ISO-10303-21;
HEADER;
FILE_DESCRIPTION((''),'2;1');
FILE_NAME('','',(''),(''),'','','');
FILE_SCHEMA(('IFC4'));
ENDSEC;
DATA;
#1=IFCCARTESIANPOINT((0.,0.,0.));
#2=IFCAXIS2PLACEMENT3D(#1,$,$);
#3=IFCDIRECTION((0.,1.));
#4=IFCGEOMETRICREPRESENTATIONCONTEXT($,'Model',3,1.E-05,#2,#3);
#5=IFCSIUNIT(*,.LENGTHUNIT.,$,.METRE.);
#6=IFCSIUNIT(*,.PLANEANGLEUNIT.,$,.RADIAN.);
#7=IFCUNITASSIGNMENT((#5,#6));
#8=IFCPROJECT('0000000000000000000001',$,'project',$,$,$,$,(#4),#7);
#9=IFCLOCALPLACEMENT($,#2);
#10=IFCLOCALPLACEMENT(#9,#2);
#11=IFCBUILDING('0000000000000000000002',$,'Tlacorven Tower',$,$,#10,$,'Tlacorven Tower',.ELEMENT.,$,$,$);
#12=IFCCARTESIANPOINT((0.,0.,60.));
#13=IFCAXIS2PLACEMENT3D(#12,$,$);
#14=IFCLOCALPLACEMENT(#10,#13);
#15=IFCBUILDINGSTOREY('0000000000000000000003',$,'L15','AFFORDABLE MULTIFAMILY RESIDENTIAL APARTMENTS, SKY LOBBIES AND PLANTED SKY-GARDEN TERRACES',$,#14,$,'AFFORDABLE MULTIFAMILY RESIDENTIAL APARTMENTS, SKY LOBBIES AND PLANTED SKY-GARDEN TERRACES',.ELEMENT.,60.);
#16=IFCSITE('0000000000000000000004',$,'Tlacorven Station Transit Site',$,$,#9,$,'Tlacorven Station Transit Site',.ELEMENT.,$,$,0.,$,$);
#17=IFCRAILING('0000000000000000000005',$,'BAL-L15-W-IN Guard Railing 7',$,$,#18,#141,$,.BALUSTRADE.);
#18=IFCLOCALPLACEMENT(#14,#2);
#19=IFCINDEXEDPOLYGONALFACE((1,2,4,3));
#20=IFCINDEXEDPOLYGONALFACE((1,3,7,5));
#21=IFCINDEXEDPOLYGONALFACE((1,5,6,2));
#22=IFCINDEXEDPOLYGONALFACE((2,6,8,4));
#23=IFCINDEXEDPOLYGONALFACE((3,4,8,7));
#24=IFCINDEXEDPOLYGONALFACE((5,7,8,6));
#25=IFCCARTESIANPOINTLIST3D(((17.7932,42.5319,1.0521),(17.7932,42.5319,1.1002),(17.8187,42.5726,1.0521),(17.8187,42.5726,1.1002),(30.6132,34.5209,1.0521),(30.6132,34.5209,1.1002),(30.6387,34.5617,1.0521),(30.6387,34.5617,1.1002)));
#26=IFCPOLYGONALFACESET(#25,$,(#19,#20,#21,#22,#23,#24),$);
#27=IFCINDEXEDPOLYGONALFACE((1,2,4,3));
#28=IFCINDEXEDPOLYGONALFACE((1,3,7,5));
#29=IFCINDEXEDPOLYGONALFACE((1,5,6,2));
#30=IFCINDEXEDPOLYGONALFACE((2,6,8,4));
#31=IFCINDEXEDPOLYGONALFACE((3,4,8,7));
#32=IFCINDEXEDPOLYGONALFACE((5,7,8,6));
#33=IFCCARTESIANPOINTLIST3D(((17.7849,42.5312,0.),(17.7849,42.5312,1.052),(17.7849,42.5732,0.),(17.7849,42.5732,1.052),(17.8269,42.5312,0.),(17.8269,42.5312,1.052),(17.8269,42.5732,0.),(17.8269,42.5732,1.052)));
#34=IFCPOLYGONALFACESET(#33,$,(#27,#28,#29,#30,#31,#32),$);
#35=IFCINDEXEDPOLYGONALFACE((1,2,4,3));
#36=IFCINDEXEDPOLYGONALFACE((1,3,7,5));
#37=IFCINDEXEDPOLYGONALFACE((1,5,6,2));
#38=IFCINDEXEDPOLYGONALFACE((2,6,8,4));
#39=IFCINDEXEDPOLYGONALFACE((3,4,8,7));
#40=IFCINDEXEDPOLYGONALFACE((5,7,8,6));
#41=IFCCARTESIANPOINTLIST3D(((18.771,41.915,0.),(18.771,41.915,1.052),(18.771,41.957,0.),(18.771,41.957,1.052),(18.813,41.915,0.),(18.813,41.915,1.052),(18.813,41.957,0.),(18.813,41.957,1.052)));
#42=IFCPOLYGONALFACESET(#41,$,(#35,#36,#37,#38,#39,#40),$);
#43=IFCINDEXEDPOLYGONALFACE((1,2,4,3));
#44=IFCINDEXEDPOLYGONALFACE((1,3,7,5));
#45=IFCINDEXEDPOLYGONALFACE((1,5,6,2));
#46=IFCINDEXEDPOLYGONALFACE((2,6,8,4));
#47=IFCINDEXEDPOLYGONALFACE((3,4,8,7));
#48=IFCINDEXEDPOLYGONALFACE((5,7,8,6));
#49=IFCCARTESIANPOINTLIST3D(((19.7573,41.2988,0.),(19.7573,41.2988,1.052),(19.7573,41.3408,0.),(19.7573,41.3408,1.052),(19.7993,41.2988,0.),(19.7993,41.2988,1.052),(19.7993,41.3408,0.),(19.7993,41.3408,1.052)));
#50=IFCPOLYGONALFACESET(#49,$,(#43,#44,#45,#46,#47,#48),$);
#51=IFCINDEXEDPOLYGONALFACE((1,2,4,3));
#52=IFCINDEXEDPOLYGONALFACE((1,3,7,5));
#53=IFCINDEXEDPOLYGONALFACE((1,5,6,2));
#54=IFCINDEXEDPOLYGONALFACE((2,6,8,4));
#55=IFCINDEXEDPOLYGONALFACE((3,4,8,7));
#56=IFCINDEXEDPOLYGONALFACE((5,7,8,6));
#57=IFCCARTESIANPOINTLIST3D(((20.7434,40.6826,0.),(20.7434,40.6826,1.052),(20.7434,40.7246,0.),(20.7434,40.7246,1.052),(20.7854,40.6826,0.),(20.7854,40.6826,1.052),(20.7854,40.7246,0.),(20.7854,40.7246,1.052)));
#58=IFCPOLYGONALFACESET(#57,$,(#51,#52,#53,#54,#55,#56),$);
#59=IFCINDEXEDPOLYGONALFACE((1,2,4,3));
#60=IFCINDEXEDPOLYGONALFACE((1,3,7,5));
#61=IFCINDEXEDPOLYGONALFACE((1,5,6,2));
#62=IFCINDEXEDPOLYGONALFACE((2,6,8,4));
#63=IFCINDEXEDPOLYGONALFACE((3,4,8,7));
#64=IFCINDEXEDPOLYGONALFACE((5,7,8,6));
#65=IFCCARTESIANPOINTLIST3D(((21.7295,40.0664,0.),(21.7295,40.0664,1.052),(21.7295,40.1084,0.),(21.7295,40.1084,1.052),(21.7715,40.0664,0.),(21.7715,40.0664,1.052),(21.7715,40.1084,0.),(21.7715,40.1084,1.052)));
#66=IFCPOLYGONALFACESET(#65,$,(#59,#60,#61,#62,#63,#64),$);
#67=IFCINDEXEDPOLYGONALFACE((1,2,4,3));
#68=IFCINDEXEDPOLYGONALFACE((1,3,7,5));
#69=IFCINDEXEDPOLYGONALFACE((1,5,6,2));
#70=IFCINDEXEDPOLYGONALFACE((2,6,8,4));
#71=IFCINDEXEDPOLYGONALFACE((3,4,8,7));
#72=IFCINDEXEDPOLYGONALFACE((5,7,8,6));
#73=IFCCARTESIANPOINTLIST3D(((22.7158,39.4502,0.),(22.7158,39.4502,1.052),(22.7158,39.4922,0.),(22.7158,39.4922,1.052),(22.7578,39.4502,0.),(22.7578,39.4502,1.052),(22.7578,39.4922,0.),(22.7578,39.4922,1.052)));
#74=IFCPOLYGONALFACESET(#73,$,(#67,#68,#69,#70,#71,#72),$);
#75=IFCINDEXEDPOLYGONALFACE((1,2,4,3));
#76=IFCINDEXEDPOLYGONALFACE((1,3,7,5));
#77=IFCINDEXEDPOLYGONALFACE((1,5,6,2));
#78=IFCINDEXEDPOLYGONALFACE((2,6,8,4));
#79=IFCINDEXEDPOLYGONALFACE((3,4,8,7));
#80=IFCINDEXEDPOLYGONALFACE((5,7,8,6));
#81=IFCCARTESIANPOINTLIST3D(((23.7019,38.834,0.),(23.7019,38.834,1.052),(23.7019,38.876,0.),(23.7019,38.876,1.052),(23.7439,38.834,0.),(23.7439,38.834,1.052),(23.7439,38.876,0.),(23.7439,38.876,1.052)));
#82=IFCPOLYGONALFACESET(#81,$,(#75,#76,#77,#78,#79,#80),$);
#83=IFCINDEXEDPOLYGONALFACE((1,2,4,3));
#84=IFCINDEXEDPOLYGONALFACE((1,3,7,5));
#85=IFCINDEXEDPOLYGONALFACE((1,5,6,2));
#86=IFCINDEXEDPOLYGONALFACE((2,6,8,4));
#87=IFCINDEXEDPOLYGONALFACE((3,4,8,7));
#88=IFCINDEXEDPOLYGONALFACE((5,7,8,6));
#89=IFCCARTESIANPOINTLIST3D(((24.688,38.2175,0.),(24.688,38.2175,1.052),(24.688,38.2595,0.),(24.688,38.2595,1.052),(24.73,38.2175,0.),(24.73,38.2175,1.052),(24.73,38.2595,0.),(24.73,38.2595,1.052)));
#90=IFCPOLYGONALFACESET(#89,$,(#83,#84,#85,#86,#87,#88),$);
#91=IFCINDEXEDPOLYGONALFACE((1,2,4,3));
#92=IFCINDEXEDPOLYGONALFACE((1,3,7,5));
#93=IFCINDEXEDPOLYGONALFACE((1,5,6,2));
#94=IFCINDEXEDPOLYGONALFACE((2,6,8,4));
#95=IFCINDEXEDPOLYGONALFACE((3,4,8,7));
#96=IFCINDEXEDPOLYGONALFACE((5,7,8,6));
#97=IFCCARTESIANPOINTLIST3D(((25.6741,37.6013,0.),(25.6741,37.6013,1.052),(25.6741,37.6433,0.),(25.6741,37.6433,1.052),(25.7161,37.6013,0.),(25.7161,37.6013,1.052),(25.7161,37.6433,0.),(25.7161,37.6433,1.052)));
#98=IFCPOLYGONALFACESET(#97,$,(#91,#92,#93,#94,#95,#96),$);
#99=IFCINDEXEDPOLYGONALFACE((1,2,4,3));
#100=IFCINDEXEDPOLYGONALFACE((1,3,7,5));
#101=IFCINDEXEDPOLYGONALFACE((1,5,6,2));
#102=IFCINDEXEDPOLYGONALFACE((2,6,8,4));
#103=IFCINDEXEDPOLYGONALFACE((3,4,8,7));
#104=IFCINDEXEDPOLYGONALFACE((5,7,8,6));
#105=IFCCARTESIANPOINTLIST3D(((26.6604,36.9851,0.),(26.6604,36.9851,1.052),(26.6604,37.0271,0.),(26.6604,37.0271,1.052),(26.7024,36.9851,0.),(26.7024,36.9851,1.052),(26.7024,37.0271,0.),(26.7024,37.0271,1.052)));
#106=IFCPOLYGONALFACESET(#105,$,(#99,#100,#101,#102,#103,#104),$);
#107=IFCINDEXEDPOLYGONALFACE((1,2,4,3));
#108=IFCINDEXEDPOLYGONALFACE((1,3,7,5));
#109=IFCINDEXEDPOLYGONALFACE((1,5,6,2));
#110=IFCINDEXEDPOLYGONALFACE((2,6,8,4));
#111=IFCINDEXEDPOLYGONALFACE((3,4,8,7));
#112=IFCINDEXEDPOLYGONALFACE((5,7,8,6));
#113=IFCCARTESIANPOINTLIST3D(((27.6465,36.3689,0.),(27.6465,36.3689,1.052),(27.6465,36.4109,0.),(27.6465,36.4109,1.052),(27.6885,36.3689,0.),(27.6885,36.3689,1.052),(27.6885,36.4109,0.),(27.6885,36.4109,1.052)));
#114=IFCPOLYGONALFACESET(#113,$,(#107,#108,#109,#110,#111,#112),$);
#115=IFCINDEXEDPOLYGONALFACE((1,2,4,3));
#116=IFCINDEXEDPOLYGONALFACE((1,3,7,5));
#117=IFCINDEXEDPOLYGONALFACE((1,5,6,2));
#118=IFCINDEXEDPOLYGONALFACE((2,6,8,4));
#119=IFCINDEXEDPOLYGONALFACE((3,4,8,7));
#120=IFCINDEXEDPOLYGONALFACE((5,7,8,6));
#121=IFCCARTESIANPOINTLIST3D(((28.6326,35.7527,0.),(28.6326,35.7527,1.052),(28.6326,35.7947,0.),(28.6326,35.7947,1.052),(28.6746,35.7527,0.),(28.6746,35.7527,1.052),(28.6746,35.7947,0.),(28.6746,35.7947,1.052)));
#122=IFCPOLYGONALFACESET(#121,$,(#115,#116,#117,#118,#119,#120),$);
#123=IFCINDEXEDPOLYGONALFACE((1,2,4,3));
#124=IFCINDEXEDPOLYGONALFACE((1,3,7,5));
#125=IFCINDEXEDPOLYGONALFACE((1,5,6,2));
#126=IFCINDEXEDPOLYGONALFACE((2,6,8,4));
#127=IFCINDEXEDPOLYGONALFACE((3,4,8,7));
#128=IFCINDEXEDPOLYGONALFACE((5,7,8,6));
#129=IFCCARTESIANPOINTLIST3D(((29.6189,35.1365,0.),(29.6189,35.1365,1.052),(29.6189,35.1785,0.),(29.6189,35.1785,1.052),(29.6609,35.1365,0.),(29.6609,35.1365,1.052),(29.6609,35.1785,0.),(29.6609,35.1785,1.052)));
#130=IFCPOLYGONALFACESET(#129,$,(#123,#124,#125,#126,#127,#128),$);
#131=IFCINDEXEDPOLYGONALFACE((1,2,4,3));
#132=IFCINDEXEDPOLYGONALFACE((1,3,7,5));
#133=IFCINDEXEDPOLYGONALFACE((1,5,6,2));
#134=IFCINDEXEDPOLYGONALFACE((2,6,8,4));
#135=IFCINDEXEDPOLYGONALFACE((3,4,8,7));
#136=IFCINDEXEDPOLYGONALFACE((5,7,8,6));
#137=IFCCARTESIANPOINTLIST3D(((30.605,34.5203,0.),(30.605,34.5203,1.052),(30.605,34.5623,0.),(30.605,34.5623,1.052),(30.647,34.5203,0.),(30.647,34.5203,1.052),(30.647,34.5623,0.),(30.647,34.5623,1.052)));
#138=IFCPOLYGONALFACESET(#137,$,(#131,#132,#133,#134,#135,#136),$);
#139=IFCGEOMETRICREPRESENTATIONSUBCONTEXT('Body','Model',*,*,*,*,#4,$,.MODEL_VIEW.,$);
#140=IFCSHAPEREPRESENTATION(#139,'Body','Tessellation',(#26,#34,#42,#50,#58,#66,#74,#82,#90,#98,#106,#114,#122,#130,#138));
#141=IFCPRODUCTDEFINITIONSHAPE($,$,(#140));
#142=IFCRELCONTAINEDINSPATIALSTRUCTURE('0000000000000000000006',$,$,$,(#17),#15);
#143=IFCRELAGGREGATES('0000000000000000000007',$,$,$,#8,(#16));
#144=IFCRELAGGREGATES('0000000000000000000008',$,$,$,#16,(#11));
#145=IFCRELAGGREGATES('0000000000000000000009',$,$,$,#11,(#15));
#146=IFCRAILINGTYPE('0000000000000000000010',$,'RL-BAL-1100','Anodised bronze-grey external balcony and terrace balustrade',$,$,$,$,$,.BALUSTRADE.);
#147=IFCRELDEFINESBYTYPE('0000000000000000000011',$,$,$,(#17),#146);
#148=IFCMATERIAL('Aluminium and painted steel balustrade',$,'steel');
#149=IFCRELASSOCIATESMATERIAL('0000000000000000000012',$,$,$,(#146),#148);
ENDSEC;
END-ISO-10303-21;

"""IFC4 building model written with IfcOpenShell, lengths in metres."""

from ifc_helpers import new_model, si_unit, direction, frame, origin, origin_2d, place, context, subcontext, project, spatial, rectangle, extrude, source, transform, mapped, material, type_object, element, save


model = new_model("IFC4")

# Units and contexts
model_context = context("Model", 3, precision=1e-05, world=origin(), true_north=direction((0.0, 1.0)))
body_context = subcontext(model_context, "Body", "Model", "MODEL_VIEW")
ifc_project = project(units=[si_unit("LENGTHUNIT", "METRE"), si_unit("PLANEANGLEUNIT", "RADIAN")], contexts=[model_context])

# Site, building, storey
site_placement = place(None, origin())
site = spatial("IfcSite", under=ifc_project, at=site_placement, Name="Tlacorven Station Transit Site", LongName="Tlacorven Station Transit Site", CompositionType="ELEMENT", RefElevation=0.0)
building_placement = place(site_placement, origin())
building = spatial("IfcBuilding", under=site, at=building_placement, Name="Tlacorven Tower", LongName="Tlacorven Tower", CompositionType="ELEMENT")
storey_placement = place(building_placement, frame((0.0, 0.0, 60.0)))
storey = spatial("IfcBuildingStorey", under=building, at=storey_placement, Name="L15", Description="AFFORDABLE MULTIFAMILY RESIDENTIAL APARTMENTS, SKY LOBBIES AND PLANTED SKY-GARDEN TERRACES", LongName="AFFORDABLE MULTIFAMILY RESIDENTIAL APARTMENTS, SKY LOBBIES AND PLANTED SKY-GARDEN TERRACES", CompositionType="ELEMENT", Elevation=60.0)

# Railing
ifc_material_1 = material(Name="Aluminium and painted steel balustrade", Category="steel")
railing_type = type_object("IfcRailingType", Name="RL-BAL-1100", Description="Anodised bronze-grey external balcony and terrace balustrade", PredefinedType="BALUSTRADE", material=ifc_material_1)
shared_shape_1 = source(origin(), body_context, "Body", "SweptSolid", [
    extrude(rectangle(XDim=0.0481, YDim=0.0481, at=origin_2d()), frame((0.0, 0.0, 1.0762), z_axis=(0.848045, -0.529925, 0.0), x_axis=(0.529925, 0.848045, 0.0)), (0.0, 0.0, 1.0), 15.1172),
    extrude(rectangle(XDim=0.042, YDim=0.042, at=origin_2d()), origin(), (0.0, 0.0, 1.0), 1.052),
    extrude(rectangle(XDim=0.042, YDim=0.042, at=origin_2d()), frame((0.9861, -0.6162, 0.0)), (0.0, 0.0, 1.0), 1.052),
    extrude(rectangle(XDim=0.042, YDim=0.042, at=origin_2d()), frame((1.9724, -1.2324, 0.0)), (0.0, 0.0, 1.0), 1.052),
    extrude(rectangle(XDim=0.042, YDim=0.042, at=origin_2d()), frame((2.9585, -1.8486, 0.0)), (0.0, 0.0, 1.0), 1.052),
    extrude(rectangle(XDim=0.042, YDim=0.042, at=origin_2d()), frame((3.9446, -2.4648, 0.0)), (0.0, 0.0, 1.0), 1.052),
    extrude(rectangle(XDim=0.042, YDim=0.042, at=origin_2d()), frame((4.9309, -3.0811, 0.0)), (0.0, 0.0, 1.0), 1.052),
    extrude(rectangle(XDim=0.042, YDim=0.042, at=origin_2d()), frame((5.917, -3.6973, 0.0)), (0.0, 0.0, 1.0), 1.052),
    extrude(rectangle(XDim=0.042, YDim=0.042, at=origin_2d()), frame((6.9031, -4.3137, 0.0)), (0.0, 0.0, 1.0), 1.052),
    extrude(rectangle(XDim=0.042, YDim=0.042, at=origin_2d()), frame((7.8892, -4.9299, 0.0)), (0.0, 0.0, 1.0), 1.052),
    extrude(rectangle(XDim=0.042, YDim=0.042, at=origin_2d()), frame((8.8755, -5.5461, 0.0)), (0.0, 0.0, 1.0), 1.052),
    extrude(rectangle(XDim=0.042, YDim=0.042, at=origin_2d()), frame((9.8616, -6.1624, 0.0)), (0.0, 0.0, 1.0), 1.052),
    extrude(rectangle(XDim=0.042, YDim=0.042, at=origin_2d()), frame((10.8477, -6.7786, 0.0)), (0.0, 0.0, 1.0), 1.052),
    extrude(rectangle(XDim=0.042, YDim=0.042, at=origin_2d()), frame((11.834, -7.3948, 0.0)), (0.0, 0.0, 1.0), 1.052),
    extrude(rectangle(XDim=0.042, YDim=0.042, at=origin_2d()), frame((12.8201, -8.011, 0.0)), (0.0, 0.0, 1.0), 1.052),
])
railing_1_placement = place(storey_placement, frame((17.8059, 42.5522, 0.0)))
element("IfcRailing", 1, at=railing_1_placement, inside=storey, type_object=railing_type, Name="BAL-L15-W-IN Guard Railing 7", PredefinedType="BALUSTRADE", context=body_context, shape_type="MappedRepresentation", body=[
    mapped(shared_shape_1, transform((0.0, 0.0, 0.0), scale=1.0)),
])

save(model, "model.ifc")
